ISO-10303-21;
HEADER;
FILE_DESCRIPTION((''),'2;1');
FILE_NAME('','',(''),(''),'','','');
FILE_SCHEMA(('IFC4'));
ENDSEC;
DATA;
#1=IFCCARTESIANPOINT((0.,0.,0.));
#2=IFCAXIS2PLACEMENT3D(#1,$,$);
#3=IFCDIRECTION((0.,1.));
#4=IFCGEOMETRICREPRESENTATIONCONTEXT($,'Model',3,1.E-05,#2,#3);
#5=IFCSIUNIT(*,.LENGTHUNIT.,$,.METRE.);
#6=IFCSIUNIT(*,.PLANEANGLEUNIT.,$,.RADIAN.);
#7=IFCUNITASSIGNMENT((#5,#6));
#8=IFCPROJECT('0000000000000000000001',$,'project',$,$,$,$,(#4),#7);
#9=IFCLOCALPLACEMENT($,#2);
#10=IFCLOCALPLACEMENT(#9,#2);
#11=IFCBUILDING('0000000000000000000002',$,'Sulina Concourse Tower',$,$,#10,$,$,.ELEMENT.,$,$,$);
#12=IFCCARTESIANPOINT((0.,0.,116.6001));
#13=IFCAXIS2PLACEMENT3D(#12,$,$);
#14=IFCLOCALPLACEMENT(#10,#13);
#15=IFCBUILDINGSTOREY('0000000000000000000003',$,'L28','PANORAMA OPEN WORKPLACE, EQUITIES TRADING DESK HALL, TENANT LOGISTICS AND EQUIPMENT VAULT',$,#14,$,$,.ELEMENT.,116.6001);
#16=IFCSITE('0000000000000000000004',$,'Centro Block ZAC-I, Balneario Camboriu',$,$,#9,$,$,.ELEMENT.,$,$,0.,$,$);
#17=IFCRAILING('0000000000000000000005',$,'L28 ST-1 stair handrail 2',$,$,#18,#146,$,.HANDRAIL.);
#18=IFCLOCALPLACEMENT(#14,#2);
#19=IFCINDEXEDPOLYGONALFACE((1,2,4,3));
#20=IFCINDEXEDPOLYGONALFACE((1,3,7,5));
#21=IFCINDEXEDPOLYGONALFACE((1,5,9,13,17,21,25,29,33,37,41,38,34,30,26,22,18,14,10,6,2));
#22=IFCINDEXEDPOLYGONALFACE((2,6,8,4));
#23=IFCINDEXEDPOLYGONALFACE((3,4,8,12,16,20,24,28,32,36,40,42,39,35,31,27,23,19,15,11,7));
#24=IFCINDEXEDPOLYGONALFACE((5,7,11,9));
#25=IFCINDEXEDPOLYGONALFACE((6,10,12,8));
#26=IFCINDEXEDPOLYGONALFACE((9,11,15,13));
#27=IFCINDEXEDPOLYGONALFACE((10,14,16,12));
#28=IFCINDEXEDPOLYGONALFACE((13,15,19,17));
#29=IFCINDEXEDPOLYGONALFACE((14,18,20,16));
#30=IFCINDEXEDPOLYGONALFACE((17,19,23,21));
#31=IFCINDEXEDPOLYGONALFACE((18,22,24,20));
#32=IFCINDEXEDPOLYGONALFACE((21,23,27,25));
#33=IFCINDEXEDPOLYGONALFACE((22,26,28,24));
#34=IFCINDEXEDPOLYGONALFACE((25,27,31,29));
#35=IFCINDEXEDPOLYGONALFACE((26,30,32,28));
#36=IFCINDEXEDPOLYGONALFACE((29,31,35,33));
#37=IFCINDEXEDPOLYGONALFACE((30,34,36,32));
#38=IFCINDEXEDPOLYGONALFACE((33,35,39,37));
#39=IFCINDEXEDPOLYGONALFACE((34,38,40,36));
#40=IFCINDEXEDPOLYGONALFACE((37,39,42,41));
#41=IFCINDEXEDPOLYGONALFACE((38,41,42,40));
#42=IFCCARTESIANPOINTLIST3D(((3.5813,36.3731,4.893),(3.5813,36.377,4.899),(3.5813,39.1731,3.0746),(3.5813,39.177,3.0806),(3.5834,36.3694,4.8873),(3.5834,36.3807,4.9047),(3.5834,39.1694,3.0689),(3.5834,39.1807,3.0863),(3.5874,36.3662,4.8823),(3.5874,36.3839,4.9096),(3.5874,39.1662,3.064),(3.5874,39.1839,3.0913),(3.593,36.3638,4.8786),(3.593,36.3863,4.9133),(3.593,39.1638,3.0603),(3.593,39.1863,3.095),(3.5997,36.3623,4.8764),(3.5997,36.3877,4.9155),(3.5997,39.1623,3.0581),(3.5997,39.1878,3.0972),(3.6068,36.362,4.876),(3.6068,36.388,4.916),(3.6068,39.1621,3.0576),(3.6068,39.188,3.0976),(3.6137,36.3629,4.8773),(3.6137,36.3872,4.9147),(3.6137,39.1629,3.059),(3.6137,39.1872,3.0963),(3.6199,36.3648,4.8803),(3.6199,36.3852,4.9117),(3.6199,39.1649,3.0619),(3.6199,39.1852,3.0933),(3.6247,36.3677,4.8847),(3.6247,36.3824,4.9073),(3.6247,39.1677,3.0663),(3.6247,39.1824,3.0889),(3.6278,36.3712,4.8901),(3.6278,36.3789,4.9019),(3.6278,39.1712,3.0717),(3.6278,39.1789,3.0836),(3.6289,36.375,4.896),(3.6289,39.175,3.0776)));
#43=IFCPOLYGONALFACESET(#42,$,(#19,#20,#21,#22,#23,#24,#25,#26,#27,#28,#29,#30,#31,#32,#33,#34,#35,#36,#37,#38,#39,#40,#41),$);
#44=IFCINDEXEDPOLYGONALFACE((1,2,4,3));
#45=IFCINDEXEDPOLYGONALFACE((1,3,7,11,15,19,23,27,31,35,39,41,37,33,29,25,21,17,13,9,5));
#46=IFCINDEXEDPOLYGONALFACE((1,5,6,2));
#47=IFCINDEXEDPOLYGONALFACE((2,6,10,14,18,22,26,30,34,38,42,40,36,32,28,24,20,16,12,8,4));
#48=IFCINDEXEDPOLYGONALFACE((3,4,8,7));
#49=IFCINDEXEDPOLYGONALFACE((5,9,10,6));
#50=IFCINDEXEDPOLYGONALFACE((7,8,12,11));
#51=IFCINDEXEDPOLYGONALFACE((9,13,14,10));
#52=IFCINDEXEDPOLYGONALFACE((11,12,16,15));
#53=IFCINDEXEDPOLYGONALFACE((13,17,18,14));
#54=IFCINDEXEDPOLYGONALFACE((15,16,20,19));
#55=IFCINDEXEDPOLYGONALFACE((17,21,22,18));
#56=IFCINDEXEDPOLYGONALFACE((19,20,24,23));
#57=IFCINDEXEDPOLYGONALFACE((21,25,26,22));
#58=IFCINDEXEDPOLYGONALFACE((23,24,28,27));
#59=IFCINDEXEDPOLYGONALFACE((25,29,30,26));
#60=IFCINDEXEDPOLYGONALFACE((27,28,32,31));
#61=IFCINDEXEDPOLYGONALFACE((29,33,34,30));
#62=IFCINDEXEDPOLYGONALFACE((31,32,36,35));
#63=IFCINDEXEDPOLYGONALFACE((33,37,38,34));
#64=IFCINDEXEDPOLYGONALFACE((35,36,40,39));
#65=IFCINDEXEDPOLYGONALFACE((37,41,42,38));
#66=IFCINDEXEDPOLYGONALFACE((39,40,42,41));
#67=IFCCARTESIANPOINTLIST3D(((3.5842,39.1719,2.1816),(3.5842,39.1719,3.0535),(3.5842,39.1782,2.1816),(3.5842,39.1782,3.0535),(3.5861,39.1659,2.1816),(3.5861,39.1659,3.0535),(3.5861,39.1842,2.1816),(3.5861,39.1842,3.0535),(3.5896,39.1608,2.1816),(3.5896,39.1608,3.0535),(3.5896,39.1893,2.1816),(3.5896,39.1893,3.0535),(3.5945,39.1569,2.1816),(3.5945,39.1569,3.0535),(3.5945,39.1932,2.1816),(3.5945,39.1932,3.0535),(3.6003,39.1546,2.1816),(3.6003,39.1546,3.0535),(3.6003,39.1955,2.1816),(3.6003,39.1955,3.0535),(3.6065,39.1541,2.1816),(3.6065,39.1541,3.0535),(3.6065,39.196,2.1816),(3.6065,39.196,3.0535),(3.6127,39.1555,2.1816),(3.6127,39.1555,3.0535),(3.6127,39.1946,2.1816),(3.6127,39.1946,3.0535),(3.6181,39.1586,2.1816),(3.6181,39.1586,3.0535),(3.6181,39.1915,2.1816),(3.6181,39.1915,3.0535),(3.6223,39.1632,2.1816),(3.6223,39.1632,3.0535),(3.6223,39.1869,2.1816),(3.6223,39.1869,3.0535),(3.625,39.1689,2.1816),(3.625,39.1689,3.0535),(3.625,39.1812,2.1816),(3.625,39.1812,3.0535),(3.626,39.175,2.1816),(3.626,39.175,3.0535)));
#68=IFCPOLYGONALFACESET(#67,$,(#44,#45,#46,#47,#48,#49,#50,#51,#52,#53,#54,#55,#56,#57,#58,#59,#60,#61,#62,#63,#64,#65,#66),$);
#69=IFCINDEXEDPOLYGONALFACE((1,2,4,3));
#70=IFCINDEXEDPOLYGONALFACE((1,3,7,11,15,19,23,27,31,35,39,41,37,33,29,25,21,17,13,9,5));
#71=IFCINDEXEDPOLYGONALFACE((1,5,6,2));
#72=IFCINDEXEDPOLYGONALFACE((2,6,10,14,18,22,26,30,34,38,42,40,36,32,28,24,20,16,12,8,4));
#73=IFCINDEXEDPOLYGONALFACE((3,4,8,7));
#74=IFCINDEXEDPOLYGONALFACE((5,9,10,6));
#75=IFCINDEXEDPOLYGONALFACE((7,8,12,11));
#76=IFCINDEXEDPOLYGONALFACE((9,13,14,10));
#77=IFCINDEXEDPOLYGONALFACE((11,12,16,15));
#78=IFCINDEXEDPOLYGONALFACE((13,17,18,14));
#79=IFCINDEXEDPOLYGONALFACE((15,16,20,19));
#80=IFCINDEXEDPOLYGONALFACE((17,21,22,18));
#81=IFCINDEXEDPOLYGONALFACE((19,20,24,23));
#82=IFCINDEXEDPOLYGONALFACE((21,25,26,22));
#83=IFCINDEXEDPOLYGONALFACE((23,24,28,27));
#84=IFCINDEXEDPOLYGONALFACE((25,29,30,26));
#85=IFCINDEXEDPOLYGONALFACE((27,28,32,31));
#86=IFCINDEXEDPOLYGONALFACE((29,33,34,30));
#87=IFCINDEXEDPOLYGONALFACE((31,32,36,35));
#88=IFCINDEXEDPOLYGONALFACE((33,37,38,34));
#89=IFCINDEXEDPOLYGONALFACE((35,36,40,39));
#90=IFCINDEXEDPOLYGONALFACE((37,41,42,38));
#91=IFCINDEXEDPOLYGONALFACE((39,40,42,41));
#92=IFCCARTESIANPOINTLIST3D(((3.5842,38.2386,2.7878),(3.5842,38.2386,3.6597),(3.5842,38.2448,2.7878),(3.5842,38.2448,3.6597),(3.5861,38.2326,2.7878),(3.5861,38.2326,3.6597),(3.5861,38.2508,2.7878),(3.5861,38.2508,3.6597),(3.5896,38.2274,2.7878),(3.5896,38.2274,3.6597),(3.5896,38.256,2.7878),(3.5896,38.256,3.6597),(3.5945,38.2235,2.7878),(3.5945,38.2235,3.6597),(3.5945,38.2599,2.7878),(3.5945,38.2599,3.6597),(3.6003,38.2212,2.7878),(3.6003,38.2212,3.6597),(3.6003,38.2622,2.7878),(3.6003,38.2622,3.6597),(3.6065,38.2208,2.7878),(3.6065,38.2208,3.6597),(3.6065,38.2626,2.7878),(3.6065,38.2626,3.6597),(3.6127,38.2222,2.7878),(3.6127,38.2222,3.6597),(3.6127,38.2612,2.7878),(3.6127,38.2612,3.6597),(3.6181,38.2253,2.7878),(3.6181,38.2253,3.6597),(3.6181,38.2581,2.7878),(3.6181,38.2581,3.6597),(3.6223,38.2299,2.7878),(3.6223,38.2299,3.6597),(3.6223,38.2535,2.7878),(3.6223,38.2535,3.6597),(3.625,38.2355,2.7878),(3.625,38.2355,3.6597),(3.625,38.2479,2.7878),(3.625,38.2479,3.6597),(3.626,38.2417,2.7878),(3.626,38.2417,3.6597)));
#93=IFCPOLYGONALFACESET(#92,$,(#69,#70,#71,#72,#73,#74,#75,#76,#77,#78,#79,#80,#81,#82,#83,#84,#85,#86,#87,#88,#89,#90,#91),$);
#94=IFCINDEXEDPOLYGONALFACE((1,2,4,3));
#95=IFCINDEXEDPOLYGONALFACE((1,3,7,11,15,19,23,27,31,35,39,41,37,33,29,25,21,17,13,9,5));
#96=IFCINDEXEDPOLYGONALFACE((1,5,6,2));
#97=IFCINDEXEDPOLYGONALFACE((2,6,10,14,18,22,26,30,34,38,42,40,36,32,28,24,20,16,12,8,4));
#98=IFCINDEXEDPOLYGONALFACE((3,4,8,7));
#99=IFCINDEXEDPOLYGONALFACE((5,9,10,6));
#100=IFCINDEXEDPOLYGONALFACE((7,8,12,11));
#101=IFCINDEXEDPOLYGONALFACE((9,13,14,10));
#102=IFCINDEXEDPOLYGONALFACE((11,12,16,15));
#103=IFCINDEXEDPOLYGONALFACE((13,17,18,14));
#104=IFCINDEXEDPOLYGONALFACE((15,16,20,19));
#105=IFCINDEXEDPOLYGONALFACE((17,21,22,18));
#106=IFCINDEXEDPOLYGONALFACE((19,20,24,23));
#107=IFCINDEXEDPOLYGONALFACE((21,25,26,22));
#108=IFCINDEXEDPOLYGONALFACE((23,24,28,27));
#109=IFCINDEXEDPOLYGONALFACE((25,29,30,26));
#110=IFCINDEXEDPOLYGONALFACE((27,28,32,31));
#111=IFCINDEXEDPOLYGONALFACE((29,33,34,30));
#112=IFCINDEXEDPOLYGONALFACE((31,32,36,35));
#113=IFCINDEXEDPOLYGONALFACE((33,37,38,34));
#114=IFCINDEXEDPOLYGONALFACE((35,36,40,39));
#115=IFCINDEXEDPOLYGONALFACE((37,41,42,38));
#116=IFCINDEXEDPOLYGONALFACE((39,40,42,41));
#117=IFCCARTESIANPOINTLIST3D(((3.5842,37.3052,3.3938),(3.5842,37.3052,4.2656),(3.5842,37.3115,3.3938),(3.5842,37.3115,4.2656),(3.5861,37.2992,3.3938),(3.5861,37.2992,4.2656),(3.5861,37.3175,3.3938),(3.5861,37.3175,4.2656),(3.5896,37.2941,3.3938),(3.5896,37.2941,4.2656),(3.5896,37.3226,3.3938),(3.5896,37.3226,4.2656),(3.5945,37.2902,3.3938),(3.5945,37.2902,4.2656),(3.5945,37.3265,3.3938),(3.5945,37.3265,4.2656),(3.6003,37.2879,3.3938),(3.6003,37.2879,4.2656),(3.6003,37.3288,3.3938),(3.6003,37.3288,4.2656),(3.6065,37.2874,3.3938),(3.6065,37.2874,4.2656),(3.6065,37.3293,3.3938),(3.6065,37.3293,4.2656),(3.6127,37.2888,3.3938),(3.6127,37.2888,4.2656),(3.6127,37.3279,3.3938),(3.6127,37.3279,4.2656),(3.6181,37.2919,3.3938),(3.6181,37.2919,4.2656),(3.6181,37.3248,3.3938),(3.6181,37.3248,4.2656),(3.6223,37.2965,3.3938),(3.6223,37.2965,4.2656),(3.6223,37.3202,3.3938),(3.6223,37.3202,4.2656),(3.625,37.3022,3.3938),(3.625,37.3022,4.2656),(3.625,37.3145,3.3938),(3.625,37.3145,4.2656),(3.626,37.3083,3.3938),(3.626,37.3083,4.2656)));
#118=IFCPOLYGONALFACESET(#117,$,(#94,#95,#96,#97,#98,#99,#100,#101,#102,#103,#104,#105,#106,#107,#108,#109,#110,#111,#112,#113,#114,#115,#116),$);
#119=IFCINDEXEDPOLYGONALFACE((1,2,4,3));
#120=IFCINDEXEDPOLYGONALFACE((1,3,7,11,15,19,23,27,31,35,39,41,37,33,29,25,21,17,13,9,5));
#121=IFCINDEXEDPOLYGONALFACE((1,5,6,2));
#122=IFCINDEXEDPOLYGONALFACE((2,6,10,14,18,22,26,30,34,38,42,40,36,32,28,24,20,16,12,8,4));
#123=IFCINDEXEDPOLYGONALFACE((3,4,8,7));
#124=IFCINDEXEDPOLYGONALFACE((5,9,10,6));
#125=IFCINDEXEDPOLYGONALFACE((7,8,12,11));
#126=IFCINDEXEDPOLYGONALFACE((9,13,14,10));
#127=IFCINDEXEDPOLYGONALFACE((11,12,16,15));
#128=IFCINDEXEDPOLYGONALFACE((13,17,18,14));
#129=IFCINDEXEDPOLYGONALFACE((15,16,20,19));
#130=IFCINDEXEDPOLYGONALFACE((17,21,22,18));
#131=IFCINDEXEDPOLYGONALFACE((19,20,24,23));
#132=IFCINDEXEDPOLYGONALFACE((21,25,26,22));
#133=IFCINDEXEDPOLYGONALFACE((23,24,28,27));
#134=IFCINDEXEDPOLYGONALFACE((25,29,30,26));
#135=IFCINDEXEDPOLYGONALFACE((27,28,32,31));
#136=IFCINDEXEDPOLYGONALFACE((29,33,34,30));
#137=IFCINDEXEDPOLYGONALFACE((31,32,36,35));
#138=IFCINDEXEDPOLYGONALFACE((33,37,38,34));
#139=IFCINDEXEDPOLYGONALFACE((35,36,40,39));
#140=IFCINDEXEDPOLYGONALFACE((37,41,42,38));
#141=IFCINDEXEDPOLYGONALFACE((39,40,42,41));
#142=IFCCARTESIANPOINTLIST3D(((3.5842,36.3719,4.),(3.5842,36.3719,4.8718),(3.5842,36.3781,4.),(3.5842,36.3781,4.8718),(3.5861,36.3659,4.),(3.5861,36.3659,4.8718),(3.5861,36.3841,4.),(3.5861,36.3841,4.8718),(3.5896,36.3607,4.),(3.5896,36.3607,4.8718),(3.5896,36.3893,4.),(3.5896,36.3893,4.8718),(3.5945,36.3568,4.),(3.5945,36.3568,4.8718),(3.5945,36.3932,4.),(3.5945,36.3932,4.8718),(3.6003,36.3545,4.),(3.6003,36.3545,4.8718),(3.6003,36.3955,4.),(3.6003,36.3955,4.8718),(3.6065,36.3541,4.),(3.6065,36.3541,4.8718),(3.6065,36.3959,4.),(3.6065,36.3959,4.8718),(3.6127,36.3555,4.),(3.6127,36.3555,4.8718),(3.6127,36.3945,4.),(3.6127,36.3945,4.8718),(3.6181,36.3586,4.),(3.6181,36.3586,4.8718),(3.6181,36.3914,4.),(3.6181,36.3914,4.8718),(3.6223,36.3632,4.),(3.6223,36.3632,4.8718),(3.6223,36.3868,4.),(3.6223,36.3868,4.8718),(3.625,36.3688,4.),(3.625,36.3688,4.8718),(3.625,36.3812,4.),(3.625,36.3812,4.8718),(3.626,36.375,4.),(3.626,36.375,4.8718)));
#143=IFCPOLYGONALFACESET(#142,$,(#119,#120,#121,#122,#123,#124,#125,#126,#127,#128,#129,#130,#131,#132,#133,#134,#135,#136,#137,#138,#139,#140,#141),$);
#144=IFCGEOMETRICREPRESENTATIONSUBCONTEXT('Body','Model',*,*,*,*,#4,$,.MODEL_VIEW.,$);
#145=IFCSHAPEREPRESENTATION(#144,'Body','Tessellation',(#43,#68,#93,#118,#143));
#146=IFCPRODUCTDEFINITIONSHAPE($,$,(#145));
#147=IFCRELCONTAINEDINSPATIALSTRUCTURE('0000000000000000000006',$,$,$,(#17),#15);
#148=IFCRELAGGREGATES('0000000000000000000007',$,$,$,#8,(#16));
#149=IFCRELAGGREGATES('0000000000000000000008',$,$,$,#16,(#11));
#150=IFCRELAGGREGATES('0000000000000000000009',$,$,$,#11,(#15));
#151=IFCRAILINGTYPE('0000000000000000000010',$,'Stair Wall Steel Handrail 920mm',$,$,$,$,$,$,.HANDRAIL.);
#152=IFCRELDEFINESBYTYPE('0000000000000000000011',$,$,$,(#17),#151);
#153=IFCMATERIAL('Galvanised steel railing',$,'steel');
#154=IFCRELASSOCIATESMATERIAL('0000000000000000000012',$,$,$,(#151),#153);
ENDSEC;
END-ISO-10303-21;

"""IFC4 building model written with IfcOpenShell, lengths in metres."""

from ifc_helpers import new_model, si_unit, direction, frame, origin, origin_2d, place, context, subcontext, project, spatial, circle, extrude, material, type_object, element, save


model = new_model("IFC4")

# Units and contexts
model_context = context("Model", 3, precision=1e-05, world=origin(), true_north=direction((0.0, 1.0)))
body_context = subcontext(model_context, "Body", "Model", "MODEL_VIEW")
ifc_project = project(units=[si_unit("LENGTHUNIT", "METRE"), si_unit("PLANEANGLEUNIT", "RADIAN")], contexts=[model_context])

# Site, building, storey
site_placement = place(None, origin())
site = spatial("IfcSite", under=ifc_project, at=site_placement, Name="Centro Block ZAC-I, Balneario Camboriu", CompositionType="ELEMENT", RefElevation=0.0)
building_placement = place(site_placement, origin())
building = spatial("IfcBuilding", under=site, at=building_placement, Name="Sulina Concourse Tower", CompositionType="ELEMENT")
storey_placement = place(building_placement, frame((0.0, 0.0, 116.6001)))
storey = spatial("IfcBuildingStorey", under=building, at=storey_placement, Name="L28", Description="PANORAMA OPEN WORKPLACE, EQUITIES TRADING DESK HALL, TENANT LOGISTICS AND EQUIPMENT VAULT", CompositionType="ELEMENT", Elevation=116.6001)

# Railing
ifc_material_1 = material(Name="Galvanised steel railing", Category="steel")
railing_type_1 = type_object("IfcRailingType", Name="Stair Wall Steel Handrail 920mm", PredefinedType="HANDRAIL", material=ifc_material_1)
railing_1_placement = place(storey_placement, frame((3.605, 39.175, 2.1816)))
element("IfcRailing", 1, at=railing_1_placement, inside=storey, type_object=railing_type_1, Name="L28 ST-1 stair handrail 2", PredefinedType="HANDRAIL", context=body_context, shape_type="SweptSolid", body=[
    extrude(circle(Radius=0.0239, at=origin_2d()), frame((0.0, 0.0, 0.896), z_axis=(0.0, -0.838672, 0.544636), x_axis=(1.0, 0.0, 0.0)), (0.0, 0.0, 1.0), 3.3386),
    extrude(circle(Radius=0.021, at=origin_2d()), origin(), (0.0, 0.0, 1.0), 0.8718),
    extrude(circle(Radius=0.021, at=origin_2d()), frame((0.0, -0.9333, 0.6062)), (0.0, 0.0, 1.0), 0.8718),
    extrude(circle(Radius=0.021, at=origin_2d()), frame((0.0, -1.8667, 1.2122)), (0.0, 0.0, 1.0), 0.8718),
    extrude(circle(Radius=0.021, at=origin_2d()), frame((0.0, -2.8, 1.8184)), (0.0, 0.0, 1.0), 0.8718),
])

save(model, "model.ifc")
